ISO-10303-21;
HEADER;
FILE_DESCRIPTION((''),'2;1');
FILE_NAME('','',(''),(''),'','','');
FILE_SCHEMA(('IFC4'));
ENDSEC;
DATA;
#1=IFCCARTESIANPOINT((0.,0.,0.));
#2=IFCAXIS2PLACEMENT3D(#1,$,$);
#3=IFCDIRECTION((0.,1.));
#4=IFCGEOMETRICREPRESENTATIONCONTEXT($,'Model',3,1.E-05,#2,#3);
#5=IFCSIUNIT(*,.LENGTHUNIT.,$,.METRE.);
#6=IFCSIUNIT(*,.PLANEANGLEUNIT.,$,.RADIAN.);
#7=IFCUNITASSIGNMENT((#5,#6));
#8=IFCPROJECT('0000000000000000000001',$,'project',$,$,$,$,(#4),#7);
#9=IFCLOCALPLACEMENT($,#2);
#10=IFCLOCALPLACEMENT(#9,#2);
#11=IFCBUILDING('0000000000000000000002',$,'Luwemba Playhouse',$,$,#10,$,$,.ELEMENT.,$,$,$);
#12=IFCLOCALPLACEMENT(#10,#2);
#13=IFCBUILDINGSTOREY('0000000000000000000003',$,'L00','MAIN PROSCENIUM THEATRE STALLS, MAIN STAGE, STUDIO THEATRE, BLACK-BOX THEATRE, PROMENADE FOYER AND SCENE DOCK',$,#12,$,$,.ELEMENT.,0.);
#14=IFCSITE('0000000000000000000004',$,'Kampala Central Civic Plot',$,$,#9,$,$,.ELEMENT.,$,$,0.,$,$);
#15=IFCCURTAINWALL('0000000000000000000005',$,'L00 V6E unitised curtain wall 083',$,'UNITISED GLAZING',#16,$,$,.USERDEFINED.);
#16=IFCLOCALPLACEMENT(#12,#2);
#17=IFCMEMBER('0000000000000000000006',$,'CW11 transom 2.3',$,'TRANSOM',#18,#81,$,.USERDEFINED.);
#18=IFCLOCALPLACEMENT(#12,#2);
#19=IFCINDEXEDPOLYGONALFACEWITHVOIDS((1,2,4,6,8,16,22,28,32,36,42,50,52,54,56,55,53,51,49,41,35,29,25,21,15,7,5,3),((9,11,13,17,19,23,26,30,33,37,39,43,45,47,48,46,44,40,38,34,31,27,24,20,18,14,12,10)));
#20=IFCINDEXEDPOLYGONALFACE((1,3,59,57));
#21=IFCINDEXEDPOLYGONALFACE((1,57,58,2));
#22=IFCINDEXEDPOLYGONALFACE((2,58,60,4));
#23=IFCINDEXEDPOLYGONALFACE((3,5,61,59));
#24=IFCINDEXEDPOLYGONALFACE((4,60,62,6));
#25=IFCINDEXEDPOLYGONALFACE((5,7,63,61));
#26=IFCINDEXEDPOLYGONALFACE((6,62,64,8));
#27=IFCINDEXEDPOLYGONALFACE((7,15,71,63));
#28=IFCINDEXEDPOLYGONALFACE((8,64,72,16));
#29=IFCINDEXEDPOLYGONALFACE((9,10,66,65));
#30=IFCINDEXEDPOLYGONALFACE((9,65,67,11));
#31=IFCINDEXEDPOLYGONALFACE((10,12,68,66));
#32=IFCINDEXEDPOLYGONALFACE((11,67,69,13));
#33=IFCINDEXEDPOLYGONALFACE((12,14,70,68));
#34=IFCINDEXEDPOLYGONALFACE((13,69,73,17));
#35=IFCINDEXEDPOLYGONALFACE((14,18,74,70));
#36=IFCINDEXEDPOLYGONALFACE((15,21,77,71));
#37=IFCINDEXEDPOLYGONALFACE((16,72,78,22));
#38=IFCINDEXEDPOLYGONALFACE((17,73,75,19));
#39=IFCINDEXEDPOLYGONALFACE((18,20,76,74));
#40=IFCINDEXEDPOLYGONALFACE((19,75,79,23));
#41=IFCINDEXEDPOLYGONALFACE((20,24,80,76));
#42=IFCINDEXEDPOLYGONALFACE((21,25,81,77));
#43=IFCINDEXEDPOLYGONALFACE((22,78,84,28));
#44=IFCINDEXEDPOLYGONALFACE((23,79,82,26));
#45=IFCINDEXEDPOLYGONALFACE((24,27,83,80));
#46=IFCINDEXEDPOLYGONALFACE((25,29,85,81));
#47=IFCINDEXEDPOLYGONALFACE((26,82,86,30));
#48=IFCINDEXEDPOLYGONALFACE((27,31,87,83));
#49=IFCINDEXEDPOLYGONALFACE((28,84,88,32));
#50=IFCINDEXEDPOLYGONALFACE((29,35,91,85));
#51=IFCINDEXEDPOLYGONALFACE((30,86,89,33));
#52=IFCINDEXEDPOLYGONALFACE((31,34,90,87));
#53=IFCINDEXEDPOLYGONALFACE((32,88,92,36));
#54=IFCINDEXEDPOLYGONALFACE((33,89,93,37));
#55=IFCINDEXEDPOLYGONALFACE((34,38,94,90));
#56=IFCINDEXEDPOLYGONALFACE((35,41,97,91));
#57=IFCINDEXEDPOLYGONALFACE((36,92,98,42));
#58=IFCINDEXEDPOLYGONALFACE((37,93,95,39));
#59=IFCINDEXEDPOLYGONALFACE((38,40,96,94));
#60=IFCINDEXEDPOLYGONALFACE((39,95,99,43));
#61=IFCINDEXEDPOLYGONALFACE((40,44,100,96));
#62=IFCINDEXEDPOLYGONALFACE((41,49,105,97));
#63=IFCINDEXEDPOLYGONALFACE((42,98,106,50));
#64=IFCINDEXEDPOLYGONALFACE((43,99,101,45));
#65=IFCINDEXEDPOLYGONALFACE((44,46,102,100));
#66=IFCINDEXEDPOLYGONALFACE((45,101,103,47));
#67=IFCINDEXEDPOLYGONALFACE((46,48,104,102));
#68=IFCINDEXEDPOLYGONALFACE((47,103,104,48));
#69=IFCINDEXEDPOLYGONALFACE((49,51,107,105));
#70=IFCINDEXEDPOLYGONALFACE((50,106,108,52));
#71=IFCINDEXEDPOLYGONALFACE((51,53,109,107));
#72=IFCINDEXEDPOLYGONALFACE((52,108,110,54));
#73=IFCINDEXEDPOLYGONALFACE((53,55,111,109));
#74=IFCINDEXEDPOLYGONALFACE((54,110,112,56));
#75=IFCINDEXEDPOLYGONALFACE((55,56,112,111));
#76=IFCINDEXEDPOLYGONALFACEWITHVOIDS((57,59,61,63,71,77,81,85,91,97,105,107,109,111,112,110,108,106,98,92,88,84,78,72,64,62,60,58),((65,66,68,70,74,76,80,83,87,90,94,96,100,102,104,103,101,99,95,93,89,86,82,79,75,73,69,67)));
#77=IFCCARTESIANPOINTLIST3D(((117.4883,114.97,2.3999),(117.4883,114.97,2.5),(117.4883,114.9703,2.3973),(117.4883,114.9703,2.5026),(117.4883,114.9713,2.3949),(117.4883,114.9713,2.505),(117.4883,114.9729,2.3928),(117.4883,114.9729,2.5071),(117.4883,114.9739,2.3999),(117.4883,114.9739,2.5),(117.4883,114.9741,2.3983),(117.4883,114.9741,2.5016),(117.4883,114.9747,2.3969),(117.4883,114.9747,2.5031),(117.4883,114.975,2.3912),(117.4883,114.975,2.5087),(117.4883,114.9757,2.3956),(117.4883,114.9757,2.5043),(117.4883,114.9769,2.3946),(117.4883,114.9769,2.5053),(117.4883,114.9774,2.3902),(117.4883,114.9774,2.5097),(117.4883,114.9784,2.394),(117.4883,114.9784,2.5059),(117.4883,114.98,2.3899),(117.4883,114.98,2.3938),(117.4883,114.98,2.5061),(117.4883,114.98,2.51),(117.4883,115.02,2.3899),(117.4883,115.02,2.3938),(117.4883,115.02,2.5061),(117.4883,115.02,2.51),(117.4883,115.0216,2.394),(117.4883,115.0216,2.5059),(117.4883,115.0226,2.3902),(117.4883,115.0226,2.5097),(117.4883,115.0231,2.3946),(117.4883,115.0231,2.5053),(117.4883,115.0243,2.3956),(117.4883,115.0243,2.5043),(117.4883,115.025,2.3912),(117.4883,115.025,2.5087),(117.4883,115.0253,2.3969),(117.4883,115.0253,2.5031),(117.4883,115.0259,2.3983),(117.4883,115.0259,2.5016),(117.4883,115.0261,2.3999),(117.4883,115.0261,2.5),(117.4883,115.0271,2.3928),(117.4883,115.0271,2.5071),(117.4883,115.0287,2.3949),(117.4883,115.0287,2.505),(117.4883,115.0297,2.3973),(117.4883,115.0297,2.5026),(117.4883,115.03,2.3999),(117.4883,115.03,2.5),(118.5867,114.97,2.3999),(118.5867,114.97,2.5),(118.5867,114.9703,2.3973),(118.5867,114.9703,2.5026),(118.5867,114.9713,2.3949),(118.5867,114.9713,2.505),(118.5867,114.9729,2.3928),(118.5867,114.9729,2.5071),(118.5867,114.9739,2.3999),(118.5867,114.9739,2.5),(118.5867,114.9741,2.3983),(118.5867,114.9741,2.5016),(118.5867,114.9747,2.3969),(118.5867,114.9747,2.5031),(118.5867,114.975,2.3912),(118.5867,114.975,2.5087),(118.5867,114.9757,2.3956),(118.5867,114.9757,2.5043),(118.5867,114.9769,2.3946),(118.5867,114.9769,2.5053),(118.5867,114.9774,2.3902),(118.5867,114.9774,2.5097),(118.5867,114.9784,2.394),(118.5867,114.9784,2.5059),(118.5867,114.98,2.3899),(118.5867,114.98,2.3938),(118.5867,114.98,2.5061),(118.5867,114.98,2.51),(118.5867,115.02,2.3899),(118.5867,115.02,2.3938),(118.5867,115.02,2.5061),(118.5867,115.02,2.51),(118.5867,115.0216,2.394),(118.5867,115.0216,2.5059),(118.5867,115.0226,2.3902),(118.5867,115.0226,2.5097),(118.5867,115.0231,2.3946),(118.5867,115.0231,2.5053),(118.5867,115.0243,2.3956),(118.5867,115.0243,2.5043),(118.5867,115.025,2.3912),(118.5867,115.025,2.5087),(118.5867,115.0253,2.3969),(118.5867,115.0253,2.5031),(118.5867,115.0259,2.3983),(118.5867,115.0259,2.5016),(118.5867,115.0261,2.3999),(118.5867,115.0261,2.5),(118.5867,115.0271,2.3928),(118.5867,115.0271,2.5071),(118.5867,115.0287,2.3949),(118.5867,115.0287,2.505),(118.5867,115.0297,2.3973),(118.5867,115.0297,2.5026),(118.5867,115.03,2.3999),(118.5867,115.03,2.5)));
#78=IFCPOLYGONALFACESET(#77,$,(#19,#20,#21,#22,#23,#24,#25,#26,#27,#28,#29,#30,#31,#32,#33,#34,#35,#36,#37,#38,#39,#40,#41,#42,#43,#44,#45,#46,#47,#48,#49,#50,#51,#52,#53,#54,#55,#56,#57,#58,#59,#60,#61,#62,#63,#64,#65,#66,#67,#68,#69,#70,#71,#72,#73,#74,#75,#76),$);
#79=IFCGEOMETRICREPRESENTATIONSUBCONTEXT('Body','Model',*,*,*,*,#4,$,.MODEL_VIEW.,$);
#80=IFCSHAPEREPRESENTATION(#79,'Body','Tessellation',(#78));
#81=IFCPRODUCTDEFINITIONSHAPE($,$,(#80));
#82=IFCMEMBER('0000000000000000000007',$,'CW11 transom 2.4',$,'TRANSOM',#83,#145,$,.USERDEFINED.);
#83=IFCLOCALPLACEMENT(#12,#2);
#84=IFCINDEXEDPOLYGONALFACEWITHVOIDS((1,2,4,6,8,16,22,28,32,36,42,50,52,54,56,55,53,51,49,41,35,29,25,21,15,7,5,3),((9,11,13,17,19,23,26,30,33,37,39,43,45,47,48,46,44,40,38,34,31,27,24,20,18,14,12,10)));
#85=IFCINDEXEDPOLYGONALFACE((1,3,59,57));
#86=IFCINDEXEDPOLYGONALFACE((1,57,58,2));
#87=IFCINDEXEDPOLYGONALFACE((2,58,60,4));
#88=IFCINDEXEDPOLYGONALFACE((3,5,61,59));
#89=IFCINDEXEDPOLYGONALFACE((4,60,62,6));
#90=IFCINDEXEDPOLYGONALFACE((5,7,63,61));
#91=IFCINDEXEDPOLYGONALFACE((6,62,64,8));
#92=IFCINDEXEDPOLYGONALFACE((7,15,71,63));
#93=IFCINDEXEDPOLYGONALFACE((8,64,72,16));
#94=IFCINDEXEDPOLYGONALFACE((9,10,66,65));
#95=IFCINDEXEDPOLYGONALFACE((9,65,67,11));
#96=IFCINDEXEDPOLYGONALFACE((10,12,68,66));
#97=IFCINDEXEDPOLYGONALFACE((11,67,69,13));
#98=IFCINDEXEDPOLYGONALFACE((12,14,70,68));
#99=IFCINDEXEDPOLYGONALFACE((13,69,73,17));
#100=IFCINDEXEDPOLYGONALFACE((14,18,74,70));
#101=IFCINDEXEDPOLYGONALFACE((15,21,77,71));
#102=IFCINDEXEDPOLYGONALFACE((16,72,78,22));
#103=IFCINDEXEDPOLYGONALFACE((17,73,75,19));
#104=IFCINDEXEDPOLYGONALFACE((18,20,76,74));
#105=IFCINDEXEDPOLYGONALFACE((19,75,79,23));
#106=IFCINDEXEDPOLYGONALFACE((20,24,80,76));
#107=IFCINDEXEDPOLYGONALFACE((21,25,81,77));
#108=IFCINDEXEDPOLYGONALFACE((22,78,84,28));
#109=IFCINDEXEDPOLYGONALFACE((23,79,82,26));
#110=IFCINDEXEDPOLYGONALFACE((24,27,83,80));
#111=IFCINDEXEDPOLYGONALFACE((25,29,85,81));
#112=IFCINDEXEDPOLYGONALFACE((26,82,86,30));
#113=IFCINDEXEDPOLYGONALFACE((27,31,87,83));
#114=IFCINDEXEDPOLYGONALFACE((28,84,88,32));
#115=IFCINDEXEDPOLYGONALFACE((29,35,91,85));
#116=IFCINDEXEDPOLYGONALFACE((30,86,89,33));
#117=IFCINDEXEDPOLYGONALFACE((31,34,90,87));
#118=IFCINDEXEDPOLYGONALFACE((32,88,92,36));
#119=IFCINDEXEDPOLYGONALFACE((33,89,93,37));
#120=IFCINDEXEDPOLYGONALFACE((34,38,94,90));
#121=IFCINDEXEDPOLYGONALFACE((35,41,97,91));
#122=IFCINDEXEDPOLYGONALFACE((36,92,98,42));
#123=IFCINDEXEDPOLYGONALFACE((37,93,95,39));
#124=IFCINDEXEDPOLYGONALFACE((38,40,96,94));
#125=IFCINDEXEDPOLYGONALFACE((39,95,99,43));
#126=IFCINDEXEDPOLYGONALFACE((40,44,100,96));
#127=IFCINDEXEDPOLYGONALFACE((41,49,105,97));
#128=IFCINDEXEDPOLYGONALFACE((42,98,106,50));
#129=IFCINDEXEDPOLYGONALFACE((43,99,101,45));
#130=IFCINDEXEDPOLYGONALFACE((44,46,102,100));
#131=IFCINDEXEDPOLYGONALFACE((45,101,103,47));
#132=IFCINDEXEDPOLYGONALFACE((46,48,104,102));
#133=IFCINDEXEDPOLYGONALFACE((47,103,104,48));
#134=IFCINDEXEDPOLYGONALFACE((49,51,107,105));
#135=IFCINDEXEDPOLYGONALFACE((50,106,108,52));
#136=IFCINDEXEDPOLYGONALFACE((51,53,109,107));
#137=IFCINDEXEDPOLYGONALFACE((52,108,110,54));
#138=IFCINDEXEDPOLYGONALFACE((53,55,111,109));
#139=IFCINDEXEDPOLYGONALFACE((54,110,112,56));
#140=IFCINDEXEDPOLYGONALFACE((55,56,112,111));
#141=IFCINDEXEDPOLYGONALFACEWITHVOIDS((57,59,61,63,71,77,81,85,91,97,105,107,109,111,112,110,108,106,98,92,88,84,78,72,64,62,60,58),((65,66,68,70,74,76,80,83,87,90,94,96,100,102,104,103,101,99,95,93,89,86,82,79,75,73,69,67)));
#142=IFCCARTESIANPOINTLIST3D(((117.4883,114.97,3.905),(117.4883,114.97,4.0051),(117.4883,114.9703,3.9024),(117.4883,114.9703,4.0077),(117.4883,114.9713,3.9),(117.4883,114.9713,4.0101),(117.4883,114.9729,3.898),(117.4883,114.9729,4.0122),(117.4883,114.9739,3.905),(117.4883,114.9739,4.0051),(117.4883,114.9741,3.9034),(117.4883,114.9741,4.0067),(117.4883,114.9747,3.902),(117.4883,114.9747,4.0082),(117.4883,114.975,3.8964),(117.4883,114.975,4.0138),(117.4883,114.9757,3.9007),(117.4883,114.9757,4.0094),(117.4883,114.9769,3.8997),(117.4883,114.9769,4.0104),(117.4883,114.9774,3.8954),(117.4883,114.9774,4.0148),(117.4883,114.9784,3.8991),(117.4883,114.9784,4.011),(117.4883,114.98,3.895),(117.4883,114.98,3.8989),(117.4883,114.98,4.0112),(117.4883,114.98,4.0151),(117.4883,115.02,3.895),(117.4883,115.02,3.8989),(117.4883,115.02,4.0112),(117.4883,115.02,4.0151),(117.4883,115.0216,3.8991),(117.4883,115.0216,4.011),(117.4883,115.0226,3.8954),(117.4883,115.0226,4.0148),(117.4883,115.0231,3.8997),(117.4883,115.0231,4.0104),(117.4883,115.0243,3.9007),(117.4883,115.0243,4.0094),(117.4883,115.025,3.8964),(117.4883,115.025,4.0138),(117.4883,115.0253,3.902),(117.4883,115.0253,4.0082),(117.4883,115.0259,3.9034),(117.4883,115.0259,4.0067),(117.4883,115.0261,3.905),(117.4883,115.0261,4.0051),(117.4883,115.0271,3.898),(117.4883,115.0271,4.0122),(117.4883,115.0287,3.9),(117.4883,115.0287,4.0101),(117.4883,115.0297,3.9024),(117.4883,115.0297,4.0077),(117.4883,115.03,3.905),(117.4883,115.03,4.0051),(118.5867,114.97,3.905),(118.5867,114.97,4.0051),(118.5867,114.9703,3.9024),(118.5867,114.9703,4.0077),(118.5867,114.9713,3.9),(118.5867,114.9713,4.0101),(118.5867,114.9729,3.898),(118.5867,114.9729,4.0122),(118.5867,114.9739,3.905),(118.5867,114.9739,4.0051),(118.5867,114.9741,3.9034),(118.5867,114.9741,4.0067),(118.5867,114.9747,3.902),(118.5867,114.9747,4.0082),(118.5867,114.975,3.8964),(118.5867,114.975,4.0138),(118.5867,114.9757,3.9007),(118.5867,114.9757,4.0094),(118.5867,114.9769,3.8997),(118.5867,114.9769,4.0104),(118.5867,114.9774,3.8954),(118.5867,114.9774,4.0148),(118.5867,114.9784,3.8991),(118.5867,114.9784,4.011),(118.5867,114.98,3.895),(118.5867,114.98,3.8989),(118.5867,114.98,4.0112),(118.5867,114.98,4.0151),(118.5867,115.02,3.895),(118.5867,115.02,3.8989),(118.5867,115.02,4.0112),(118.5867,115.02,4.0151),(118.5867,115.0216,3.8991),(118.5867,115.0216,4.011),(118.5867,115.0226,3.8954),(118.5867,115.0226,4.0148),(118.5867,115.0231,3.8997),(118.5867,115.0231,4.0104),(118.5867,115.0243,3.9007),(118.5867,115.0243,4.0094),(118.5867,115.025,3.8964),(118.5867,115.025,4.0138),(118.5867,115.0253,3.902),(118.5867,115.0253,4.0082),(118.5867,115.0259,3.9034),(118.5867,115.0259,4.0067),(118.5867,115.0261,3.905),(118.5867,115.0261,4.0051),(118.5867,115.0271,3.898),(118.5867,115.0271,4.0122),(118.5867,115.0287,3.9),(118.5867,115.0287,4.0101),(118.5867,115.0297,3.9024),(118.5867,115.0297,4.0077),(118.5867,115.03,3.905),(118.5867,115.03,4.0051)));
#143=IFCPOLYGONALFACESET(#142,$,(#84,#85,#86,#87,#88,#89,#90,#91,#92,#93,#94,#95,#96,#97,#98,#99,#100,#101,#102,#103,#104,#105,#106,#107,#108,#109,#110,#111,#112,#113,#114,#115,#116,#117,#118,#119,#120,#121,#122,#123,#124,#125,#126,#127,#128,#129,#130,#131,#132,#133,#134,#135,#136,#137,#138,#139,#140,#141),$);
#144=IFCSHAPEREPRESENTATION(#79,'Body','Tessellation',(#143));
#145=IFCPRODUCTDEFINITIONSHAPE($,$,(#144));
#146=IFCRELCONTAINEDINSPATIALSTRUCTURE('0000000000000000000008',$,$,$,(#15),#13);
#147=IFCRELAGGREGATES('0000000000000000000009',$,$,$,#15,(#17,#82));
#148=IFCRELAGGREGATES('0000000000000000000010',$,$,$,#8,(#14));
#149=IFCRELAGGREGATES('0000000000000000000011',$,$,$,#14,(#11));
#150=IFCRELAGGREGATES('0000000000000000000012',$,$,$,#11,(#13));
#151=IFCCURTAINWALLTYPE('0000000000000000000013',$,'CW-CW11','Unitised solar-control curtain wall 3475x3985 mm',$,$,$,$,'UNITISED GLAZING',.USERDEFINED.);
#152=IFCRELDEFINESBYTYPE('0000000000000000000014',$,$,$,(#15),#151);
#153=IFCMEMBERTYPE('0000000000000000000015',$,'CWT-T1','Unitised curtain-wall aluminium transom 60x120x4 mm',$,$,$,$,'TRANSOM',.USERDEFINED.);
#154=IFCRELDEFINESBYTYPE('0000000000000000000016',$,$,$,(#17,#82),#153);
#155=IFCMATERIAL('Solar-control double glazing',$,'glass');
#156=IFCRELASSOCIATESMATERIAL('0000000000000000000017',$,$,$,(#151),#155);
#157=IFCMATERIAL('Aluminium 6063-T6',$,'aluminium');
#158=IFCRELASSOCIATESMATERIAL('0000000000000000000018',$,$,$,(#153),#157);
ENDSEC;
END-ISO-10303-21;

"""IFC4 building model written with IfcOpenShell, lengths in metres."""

from ifc_helpers import new_model, si_unit, direction, frame, origin, origin_2d, place, context, subcontext, project, spatial, hollow_rectangle, extrude, material, material_profile, profile_set, type_object, element, aggregate, save


model = new_model("IFC4")

# Units and contexts
model_context = context("Model", 3, precision=1e-05, world=origin(), true_north=direction((0.0, 1.0)))
body_context = subcontext(model_context, "Body", "Model", "MODEL_VIEW")
ifc_project = project(units=[si_unit("LENGTHUNIT", "METRE"), si_unit("PLANEANGLEUNIT", "RADIAN")], contexts=[model_context])

# Site, building, storey
site_placement = place(None, origin())
site = spatial("IfcSite", under=ifc_project, at=site_placement, Name="Kampala Central Civic Plot", CompositionType="ELEMENT", RefElevation=0.0)
building_placement = place(site_placement, origin())
building = spatial("IfcBuilding", under=site, at=building_placement, Name="Luwemba Playhouse", CompositionType="ELEMENT")
storey_placement = place(building_placement, origin())
storey = spatial("IfcBuildingStorey", under=building, at=storey_placement, Name="L00", Description="MAIN PROSCENIUM THEATRE STALLS, MAIN STAGE, STUDIO THEATRE, BLACK-BOX THEATRE, PROMENADE FOYER AND SCENE DOCK", CompositionType="ELEMENT", Elevation=0.0)

# Curtain wall, members
ifc_material_1 = material(Name="Solar-control double glazing", Category="glass")
curtain_wall_type = type_object("IfcCurtainWallType", Name="CW-CW11", Description="Unitised solar-control curtain wall 3475x3985 mm", ElementType="UNITISED GLAZING", PredefinedType="USERDEFINED", material=ifc_material_1)
curtain_wall_placement = place(storey_placement, origin())
curtain_wall = element("IfcCurtainWall", 1, at=curtain_wall_placement, inside=storey, type_object=curtain_wall_type, Name="L00 V6E unitised curtain wall 083", ObjectType="UNITISED GLAZING", PredefinedType="USERDEFINED")
ifc_material_2 = material(Name="Aluminium 6063-T6", Category="aluminium")
ifc_material_profile_1 = material_profile(ifc_material_2, hollow_rectangle(XDim=0.0601, YDim=0.1201, WallThickness=0.0039, InnerFilletRadius=0.0061, OuterFilletRadius=0.01, at=origin_2d()))
ifc_profile_set_1 = profile_set([ifc_material_profile_1], Name="Aluminium 6063-T6")
member_type_1 = type_object("IfcMemberType", Name="CWT-T1", Description="Unitised curtain-wall aluminium transom 60x120x4 mm", ElementType="TRANSOM", PredefinedType="USERDEFINED", material=ifc_profile_set_1)
member_1_placement = place(storey_placement, frame((117.4883, 115.0, 2.45), z_axis=(1.0, 0.0, 0.0), x_axis=(0.0, 1.0, 0.0)))
member_1 = element("IfcMember", 2, at=member_1_placement, type_object=member_type_1, Name="CW11 transom 2.3", ObjectType="TRANSOM", PredefinedType="USERDEFINED", context=body_context, shape_type="SweptSolid", body=[
    extrude(hollow_rectangle(XDim=0.0601, YDim=0.1201, WallThickness=0.0039, InnerFilletRadius=0.0061, OuterFilletRadius=0.01, at=origin_2d()), origin(), (0.0, 0.0, 1.0), 1.0984),
])
member_2_placement = place(storey_placement, frame((117.4883, 115.0, 3.9551), z_axis=(1.0, 0.0, 0.0), x_axis=(0.0, 1.0, 0.0)))
member_2 = element("IfcMember", 3, at=member_2_placement, type_object=member_type_1, Name="CW11 transom 2.4", ObjectType="TRANSOM", PredefinedType="USERDEFINED", context=body_context, shape_type="SweptSolid", body=[
    extrude(hollow_rectangle(XDim=0.0601, YDim=0.1201, WallThickness=0.0039, InnerFilletRadius=0.0061, OuterFilletRadius=0.01, at=origin_2d()), origin(), (0.0, 0.0, 1.0), 1.0984),
])
aggregate(curtain_wall, [member_1, member_2])

save(model, "model.ifc")
